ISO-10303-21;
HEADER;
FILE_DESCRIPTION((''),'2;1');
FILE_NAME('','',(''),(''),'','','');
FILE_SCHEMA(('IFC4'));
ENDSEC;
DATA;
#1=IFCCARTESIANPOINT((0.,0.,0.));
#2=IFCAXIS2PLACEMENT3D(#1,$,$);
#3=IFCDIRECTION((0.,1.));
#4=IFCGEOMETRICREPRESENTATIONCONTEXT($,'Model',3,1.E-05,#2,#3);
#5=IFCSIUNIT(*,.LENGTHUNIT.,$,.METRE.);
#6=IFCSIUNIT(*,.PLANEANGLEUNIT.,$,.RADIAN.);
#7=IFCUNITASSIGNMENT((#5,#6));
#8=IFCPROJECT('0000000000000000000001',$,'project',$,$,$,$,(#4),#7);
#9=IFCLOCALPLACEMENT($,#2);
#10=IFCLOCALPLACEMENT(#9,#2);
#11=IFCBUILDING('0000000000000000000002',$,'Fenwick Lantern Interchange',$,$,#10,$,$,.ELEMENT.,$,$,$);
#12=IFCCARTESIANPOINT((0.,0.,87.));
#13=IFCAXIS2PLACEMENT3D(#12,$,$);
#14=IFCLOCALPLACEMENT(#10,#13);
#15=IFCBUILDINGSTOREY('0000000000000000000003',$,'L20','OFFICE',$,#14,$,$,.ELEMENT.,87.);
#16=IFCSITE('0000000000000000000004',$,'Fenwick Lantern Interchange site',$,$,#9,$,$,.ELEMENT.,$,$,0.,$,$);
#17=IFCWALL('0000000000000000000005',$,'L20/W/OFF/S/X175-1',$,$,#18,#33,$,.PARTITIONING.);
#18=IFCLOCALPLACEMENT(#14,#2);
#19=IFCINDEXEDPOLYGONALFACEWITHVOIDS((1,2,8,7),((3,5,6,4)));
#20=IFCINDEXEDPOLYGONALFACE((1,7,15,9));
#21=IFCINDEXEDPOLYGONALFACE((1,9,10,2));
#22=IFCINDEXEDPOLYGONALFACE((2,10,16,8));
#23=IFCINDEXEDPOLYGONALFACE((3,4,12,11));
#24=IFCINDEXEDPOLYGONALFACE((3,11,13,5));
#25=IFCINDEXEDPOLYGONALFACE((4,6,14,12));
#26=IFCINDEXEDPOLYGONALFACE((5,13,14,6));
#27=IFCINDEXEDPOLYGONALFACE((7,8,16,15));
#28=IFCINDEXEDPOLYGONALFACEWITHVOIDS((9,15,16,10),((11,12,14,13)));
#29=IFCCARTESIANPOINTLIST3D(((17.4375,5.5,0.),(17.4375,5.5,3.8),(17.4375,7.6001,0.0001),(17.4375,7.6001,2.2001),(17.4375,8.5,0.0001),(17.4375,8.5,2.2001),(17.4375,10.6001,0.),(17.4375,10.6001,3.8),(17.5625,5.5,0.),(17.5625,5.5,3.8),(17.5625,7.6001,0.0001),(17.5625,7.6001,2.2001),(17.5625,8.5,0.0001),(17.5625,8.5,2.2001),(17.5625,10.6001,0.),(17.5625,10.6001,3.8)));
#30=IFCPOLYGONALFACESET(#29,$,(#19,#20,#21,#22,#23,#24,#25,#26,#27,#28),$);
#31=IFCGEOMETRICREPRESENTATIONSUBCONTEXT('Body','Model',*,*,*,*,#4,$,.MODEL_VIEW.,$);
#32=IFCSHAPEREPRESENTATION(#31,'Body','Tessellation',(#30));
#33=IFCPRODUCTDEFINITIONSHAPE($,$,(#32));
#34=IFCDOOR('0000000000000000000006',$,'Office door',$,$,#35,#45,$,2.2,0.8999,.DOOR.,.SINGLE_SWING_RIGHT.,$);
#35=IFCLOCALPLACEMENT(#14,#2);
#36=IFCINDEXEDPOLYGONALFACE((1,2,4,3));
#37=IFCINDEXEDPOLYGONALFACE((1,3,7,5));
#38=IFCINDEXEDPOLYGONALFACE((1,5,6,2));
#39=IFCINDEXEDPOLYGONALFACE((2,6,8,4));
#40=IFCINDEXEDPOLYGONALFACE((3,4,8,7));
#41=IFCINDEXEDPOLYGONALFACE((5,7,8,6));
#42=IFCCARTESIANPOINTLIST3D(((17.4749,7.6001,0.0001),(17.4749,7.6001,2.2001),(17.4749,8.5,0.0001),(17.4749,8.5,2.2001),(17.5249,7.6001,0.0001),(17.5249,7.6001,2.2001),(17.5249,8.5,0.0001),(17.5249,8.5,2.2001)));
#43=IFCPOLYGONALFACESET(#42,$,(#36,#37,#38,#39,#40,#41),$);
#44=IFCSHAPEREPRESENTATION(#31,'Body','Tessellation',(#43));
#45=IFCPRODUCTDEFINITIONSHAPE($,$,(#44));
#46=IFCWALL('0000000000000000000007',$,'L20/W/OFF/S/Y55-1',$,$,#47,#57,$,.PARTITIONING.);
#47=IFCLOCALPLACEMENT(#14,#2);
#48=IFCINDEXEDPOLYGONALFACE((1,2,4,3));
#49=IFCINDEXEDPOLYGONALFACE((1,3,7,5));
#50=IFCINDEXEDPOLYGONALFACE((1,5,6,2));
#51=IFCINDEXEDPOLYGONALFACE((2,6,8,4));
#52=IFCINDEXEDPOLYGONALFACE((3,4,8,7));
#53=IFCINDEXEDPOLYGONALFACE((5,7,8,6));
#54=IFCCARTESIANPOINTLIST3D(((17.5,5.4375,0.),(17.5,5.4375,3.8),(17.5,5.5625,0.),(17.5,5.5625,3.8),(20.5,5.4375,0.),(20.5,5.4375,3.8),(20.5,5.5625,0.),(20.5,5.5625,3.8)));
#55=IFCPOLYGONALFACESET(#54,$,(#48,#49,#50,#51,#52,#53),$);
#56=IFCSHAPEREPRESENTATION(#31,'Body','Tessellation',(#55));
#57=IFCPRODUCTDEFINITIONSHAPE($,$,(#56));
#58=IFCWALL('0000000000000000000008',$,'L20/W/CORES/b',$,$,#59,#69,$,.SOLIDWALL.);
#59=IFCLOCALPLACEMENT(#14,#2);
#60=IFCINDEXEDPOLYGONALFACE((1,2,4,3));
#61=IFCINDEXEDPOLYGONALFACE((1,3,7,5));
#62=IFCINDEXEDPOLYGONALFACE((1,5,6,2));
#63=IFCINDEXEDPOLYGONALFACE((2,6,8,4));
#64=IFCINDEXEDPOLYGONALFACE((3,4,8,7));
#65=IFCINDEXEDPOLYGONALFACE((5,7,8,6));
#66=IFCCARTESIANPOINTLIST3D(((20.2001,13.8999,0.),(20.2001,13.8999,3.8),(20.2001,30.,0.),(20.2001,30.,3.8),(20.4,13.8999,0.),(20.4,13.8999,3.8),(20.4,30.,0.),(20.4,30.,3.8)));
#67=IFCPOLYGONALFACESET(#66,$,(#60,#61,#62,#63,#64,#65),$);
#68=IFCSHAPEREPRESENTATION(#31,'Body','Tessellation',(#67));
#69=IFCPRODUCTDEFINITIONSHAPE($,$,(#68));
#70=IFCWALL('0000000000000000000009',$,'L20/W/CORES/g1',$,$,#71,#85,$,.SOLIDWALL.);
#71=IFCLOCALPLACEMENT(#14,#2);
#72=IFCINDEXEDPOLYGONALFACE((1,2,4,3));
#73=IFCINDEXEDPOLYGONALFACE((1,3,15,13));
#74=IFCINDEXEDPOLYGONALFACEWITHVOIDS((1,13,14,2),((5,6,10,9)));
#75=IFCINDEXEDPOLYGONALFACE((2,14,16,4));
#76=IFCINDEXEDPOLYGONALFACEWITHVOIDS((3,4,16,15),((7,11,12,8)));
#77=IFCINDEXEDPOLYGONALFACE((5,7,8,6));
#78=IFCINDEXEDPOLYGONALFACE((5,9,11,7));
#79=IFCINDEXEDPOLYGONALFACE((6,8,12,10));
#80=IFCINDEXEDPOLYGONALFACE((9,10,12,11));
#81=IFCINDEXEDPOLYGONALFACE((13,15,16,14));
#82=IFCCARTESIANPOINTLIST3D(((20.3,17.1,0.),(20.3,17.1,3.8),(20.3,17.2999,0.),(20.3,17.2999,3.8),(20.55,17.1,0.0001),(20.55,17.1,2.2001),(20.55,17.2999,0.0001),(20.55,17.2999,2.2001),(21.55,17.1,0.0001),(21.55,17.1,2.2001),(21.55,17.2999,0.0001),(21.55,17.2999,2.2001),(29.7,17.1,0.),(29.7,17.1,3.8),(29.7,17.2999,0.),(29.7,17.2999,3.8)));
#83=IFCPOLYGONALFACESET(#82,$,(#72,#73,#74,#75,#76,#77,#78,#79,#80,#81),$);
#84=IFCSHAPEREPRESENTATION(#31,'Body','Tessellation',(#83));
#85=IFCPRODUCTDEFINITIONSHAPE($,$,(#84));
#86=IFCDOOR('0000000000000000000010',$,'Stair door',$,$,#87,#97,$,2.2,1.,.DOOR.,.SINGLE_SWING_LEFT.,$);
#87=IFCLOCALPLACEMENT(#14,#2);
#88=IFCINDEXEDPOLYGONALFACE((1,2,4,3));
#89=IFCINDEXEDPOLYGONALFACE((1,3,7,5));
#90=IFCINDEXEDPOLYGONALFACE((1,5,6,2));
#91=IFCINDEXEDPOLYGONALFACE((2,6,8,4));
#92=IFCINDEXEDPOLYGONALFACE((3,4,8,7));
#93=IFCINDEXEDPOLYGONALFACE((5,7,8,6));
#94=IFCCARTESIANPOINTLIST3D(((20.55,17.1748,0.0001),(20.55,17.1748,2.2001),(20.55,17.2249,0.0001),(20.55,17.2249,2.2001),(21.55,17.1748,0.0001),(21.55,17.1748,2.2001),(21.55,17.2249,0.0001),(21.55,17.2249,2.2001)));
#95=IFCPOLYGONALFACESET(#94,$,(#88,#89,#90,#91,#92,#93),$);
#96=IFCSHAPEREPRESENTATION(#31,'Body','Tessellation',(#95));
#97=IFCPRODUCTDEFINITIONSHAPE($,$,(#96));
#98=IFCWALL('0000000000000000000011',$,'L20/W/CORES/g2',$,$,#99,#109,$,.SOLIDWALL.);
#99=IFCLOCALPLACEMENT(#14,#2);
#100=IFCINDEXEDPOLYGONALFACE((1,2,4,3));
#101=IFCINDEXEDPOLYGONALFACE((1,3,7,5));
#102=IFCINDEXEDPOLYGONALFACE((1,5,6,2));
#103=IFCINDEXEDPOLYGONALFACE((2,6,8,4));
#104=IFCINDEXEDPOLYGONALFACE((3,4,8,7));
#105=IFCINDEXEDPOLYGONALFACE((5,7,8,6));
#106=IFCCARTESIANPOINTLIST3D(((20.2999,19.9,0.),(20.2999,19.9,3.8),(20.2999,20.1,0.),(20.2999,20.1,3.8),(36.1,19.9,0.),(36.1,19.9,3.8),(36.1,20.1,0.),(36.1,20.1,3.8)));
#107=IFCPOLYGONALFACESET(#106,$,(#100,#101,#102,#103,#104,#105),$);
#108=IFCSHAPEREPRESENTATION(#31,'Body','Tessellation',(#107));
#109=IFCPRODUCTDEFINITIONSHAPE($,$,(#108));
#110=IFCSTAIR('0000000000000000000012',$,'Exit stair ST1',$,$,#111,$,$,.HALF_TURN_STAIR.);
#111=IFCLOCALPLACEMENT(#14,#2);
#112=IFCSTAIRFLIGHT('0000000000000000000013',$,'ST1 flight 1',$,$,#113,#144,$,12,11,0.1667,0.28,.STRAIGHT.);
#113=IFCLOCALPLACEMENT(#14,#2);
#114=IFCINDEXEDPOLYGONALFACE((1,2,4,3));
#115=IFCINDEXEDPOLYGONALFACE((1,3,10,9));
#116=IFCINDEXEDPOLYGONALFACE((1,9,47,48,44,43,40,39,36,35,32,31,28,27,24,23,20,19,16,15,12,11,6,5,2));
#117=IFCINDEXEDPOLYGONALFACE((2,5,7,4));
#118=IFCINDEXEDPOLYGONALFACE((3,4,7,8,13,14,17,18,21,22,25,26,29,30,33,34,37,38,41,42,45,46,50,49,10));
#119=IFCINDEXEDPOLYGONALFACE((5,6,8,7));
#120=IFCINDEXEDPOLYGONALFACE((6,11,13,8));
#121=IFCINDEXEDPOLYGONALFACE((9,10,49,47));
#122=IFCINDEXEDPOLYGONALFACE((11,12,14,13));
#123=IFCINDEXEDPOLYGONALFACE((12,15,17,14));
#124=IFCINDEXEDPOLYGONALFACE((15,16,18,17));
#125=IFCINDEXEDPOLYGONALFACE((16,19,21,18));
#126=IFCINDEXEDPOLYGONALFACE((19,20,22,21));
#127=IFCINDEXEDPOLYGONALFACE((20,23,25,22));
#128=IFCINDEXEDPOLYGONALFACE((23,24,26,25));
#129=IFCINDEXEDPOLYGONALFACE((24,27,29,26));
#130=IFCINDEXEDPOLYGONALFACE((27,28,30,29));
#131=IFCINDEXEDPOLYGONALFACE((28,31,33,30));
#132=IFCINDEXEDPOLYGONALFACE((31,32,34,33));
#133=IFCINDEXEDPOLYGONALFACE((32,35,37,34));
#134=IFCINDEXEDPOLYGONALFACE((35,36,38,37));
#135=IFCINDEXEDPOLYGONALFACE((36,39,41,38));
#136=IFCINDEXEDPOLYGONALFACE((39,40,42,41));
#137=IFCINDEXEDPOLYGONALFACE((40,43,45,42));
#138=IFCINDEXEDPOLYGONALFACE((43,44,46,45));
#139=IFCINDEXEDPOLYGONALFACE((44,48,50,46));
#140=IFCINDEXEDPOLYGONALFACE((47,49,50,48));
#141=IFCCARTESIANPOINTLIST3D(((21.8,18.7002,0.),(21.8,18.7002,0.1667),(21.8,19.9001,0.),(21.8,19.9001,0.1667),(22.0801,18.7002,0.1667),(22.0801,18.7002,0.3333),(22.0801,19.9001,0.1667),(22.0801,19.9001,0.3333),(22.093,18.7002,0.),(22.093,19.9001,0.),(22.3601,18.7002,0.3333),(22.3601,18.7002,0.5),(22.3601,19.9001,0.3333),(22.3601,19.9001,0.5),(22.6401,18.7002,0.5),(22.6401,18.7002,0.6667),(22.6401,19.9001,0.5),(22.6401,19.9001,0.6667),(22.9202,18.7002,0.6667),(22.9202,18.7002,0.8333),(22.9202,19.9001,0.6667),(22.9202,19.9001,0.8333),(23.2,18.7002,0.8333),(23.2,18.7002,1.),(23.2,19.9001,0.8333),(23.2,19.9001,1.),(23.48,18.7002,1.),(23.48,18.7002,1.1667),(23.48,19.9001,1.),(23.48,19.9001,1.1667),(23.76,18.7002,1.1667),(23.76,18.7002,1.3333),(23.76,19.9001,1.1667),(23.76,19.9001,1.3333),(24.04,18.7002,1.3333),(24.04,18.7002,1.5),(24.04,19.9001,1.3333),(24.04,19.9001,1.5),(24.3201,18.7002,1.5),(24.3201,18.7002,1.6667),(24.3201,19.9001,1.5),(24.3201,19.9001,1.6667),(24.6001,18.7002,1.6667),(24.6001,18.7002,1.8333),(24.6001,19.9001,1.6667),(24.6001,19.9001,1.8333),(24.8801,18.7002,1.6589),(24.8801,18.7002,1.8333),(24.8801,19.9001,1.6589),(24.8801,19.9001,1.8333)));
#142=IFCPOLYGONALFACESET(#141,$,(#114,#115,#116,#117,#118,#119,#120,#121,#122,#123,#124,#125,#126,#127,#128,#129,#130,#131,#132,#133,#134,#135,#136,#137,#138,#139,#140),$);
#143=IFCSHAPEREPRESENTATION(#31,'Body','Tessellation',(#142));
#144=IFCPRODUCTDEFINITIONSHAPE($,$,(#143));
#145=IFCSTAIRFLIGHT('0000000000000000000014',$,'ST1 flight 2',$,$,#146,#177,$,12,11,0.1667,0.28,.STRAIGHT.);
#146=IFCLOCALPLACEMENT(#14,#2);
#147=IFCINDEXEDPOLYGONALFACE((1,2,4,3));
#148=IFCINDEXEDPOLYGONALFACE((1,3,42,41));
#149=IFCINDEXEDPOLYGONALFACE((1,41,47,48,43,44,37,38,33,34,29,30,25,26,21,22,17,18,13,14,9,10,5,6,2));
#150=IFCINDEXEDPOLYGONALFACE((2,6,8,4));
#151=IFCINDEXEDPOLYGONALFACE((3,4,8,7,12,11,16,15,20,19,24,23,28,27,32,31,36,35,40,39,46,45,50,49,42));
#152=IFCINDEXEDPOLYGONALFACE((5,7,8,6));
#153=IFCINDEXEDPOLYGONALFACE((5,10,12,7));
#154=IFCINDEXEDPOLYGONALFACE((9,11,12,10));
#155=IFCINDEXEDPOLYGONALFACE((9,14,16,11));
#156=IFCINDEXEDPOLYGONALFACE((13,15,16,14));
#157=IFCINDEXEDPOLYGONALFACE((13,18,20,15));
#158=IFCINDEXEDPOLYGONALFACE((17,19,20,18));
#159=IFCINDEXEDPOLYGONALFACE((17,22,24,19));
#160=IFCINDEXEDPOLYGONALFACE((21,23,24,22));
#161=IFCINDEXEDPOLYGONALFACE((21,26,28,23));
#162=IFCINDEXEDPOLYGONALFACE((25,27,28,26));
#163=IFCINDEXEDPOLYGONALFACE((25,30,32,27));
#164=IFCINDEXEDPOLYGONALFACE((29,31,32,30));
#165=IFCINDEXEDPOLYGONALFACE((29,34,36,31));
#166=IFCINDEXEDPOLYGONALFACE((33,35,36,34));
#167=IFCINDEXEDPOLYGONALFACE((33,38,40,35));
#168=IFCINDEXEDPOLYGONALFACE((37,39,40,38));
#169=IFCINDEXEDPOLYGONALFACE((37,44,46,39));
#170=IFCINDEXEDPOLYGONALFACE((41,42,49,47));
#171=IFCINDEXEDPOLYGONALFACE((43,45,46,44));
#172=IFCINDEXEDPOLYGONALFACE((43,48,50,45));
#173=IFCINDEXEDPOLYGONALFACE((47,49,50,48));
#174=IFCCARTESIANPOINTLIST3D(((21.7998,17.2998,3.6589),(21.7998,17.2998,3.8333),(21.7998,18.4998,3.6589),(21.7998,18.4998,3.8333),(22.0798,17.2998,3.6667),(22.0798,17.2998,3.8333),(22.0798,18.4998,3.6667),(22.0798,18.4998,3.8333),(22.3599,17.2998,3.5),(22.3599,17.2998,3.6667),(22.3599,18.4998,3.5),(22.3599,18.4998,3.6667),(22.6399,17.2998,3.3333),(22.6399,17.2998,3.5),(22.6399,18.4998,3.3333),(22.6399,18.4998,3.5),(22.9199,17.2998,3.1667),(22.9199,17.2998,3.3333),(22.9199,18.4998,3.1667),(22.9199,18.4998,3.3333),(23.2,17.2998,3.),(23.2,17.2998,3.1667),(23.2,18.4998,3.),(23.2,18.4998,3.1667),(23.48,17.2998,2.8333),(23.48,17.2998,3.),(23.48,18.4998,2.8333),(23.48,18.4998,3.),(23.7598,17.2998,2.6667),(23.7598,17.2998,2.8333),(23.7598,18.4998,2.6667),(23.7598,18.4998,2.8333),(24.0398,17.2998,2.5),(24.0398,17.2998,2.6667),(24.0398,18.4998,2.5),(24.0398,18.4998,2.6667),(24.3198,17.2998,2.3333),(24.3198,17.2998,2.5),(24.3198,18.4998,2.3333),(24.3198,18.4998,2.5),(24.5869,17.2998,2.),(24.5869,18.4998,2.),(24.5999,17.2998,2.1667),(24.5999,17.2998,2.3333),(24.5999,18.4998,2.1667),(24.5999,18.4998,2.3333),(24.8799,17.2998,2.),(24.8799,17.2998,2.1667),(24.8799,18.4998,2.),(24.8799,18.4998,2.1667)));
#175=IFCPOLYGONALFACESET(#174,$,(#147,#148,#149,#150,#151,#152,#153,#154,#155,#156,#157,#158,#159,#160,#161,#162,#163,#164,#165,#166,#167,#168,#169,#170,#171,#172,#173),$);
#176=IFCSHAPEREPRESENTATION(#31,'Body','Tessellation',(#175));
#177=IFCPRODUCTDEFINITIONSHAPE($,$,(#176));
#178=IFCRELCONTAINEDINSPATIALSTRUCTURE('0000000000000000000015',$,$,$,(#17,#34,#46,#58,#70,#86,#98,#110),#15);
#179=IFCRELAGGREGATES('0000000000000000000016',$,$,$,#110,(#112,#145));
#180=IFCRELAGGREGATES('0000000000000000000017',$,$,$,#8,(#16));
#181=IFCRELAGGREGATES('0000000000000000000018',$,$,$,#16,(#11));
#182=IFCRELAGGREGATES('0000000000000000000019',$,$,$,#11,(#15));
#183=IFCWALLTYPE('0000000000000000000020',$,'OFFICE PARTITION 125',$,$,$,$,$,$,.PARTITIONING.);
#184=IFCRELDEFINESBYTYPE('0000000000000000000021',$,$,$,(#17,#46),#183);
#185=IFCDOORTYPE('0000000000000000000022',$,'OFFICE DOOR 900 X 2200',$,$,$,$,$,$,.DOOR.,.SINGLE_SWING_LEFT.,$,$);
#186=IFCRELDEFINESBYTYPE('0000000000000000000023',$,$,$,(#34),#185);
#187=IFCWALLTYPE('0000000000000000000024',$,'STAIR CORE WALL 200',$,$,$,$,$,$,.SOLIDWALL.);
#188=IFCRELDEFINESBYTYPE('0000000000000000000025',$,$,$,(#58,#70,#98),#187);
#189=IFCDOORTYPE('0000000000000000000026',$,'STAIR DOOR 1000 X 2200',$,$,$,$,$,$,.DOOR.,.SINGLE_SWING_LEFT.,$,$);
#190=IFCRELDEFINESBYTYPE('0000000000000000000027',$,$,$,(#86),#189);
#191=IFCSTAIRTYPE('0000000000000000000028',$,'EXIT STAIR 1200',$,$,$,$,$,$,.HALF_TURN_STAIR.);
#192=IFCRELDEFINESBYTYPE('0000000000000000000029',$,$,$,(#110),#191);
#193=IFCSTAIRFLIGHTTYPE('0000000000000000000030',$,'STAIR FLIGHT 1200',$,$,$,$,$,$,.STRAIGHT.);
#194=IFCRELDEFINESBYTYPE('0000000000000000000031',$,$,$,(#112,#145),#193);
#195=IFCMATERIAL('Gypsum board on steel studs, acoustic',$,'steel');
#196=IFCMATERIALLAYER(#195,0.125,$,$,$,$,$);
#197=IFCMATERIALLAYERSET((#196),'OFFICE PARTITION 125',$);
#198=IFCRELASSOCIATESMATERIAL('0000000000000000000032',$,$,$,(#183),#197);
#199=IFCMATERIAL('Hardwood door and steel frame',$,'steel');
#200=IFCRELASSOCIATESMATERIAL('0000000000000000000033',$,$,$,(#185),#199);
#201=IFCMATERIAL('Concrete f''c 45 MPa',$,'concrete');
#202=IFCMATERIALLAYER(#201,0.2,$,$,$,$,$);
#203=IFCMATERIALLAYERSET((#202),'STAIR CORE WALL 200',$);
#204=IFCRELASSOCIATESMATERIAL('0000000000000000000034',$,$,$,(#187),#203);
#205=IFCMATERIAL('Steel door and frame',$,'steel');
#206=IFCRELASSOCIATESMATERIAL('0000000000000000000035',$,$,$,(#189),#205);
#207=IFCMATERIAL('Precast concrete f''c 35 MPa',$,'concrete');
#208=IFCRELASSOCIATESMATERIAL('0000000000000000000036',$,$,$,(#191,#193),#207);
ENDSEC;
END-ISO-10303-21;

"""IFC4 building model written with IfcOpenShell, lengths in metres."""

from ifc_helpers import new_model, si_unit, direction, frame, frame_2d, origin, place, context, subcontext, project, spatial, polyline, rectangle, outline, extrude, material, layer, layer_set, type_object, element, fill, aggregate, save


model = new_model("IFC4")

# Units and contexts
model_context = context("Model", 3, precision=1e-05, world=origin(), true_north=direction((0.0, 1.0)))
body_context = subcontext(model_context, "Body", "Model", "MODEL_VIEW")
ifc_project = project(units=[si_unit("LENGTHUNIT", "METRE"), si_unit("PLANEANGLEUNIT", "RADIAN")], contexts=[model_context])

# Site, building, storey
site_placement = place(None, origin())
site = spatial("IfcSite", under=ifc_project, at=site_placement, Name="Fenwick Lantern Interchange site", CompositionType="ELEMENT", RefElevation=0.0)
building_placement = place(site_placement, origin())
building = spatial("IfcBuilding", under=site, at=building_placement, Name="Fenwick Lantern Interchange", CompositionType="ELEMENT")
storey_placement = place(building_placement, frame((0.0, 0.0, 87.0)))
storey = spatial("IfcBuildingStorey", under=building, at=storey_placement, Name="L20", Description="OFFICE", CompositionType="ELEMENT", Elevation=87.0)

# Shared definitions
ifc_material_1 = material(Name="Steel door and frame", Category="steel")

# Wall, opening, door
ifc_material_2 = material(Name="Gypsum board on steel studs, acoustic", Category="steel")
ifc_layer_1 = layer(ifc_material_2, 0.125)
ifc_layer_set_1 = layer_set([ifc_layer_1], Name="OFFICE PARTITION 125")
wall_type_1 = type_object("IfcWallType", Name="OFFICE PARTITION 125", PredefinedType="PARTITIONING", material=ifc_layer_set_1)
wall_1_placement = place(storey_placement, frame((17.5, 5.5, 0.0), z_axis=(0.0, 0.0, 1.0), x_axis=(0.0, 1.0, 0.0)))
wall_1 = element("IfcWall", 1, at=wall_1_placement, inside=storey, type_object=wall_type_1, Name="L20/W/OFF/S/X175-1", PredefinedType="PARTITIONING", context=body_context, shape_type="SweptSolid", body=[
    extrude(rectangle(XDim=5.1001, YDim=0.125, at=frame_2d((2.55, 0.0))), origin(), (0.0, 0.0, 1.0), 3.8),
])
opening_1_placement = place(wall_1_placement, frame((2.1001, 0.0, 0.0)))
opening_1 = element("IfcOpeningElement", 2, at=opening_1_placement, cuts=wall_1, PredefinedType="OPENING", context=body_context, shape_type="SweptSolid", body=[
    extrude(rectangle(XDim=0.8999, YDim=2.2, at=frame_2d((0.45, 1.1001))), frame((0.0, 0.0725, 0.0), z_axis=(0.0, -1.0, 0.0), x_axis=(1.0, 0.0, 0.0)), (0.0, 0.0, 1.0), 0.145),
])
ifc_material_3 = material(Name="Hardwood door and steel frame", Category="steel")
door_type_1 = type_object("IfcDoorType", Name="OFFICE DOOR 900 X 2200", OperationType="SINGLE_SWING_LEFT", PredefinedType="DOOR", material=ifc_material_3)
door_1_placement = place(opening_1_placement, frame((0.8999, 0.0, 0.0), z_axis=(0.0, 0.0, 1.0), x_axis=(-1.0, 0.0, 0.0)))
door_1 = element("IfcDoor", 3, at=door_1_placement, inside=storey, type_object=door_type_1, Name="Office door", OperationType="SINGLE_SWING_RIGHT", OverallHeight=2.2, OverallWidth=0.8999, PredefinedType="DOOR", context=body_context, shape_type="SweptSolid", body=[
    extrude(rectangle(XDim=0.8999, YDim=2.2, at=frame_2d((0.45, 1.1001))), frame((0.0, 0.0249, 0.0), z_axis=(0.0, -1.0, 0.0), x_axis=(1.0, 0.0, 0.0)), (0.0, 0.0, 1.0), 0.05),
])
fill(opening_1, door_1)

# Walls
wall_2_placement = place(storey_placement, frame((17.5, 5.5, 0.0), z_axis=(0.0, 0.0, 1.0), x_axis=(1.0, 0.0, 0.0)))
element("IfcWall", 4, at=wall_2_placement, inside=storey, type_object=wall_type_1, Name="L20/W/OFF/S/Y55-1", PredefinedType="PARTITIONING", context=body_context, shape_type="SweptSolid", body=[
    extrude(rectangle(XDim=3.0, YDim=0.125, at=frame_2d((1.5, 0.0))), origin(), (0.0, 0.0, 1.0), 3.8),
])
ifc_material_4 = material(Name="Concrete f'c 45 MPa", Category="concrete")
ifc_layer_2 = layer(ifc_material_4, 0.2)
ifc_layer_set_2 = layer_set([ifc_layer_2], Name="STAIR CORE WALL 200")
wall_type_2 = type_object("IfcWallType", Name="STAIR CORE WALL 200", PredefinedType="SOLIDWALL", material=ifc_layer_set_2)
wall_3_placement = place(storey_placement, frame((20.3, 13.8999, 0.0), z_axis=(0.0, 0.0, 1.0), x_axis=(0.0, 1.0, 0.0)))
element("IfcWall", 5, at=wall_3_placement, inside=storey, type_object=wall_type_2, Name="L20/W/CORES/b", PredefinedType="SOLIDWALL", context=body_context, shape_type="SweptSolid", body=[
    extrude(rectangle(XDim=16.1001, YDim=0.2, at=frame_2d((8.05, 0.0))), origin(), (0.0, 0.0, 1.0), 3.8),
])

# Wall, opening, door
wall_4_placement = place(storey_placement, frame((20.3, 17.2, 0.0), z_axis=(0.0, 0.0, 1.0), x_axis=(1.0, 0.0, 0.0)))
wall_4 = element("IfcWall", 6, at=wall_4_placement, inside=storey, type_object=wall_type_2, Name="L20/W/CORES/g1", PredefinedType="SOLIDWALL", context=body_context, shape_type="SweptSolid", body=[
    extrude(rectangle(XDim=9.3999, YDim=0.2, at=frame_2d((4.7, 0.0))), origin(), (0.0, 0.0, 1.0), 3.8),
])
opening_2_placement = place(wall_4_placement, frame((0.25, 0.0, 0.0)))
opening_2 = element("IfcOpeningElement", 7, at=opening_2_placement, cuts=wall_4, PredefinedType="OPENING", context=body_context, shape_type="SweptSolid", body=[
    extrude(rectangle(XDim=1.0, YDim=2.2, at=frame_2d((0.5, 1.1001))), frame((0.0, 0.1099, 0.0), z_axis=(0.0, -1.0, 0.0), x_axis=(1.0, 0.0, 0.0)), (0.0, 0.0, 1.0), 0.22),
])
door_type_2 = type_object("IfcDoorType", Name="STAIR DOOR 1000 X 2200", OperationType="SINGLE_SWING_LEFT", PredefinedType="DOOR", material=ifc_material_1)
door_2_placement = place(opening_2_placement, origin())
door_2 = element("IfcDoor", 8, at=door_2_placement, inside=storey, type_object=door_type_2, Name="Stair door", OperationType="SINGLE_SWING_LEFT", OverallHeight=2.2, OverallWidth=1.0, PredefinedType="DOOR", context=body_context, shape_type="SweptSolid", body=[
    extrude(rectangle(XDim=1.0, YDim=2.2, at=frame_2d((0.5, 1.1001))), frame((0.0, 0.0249, 0.0), z_axis=(0.0, -1.0, 0.0), x_axis=(1.0, 0.0, 0.0)), (0.0, 0.0, 1.0), 0.05),
])
fill(opening_2, door_2)

# Wall
wall_5_placement = place(storey_placement, frame((20.3, 20.0, 0.0), z_axis=(0.0, 0.0, 1.0), x_axis=(1.0, 0.0, 0.0)))
element("IfcWall", 9, at=wall_5_placement, inside=storey, type_object=wall_type_2, Name="L20/W/CORES/g2", PredefinedType="SOLIDWALL", context=body_context, shape_type="SweptSolid", body=[
    extrude(rectangle(XDim=15.8, YDim=0.2, at=frame_2d((7.8999, 0.0))), origin(), (0.0, 0.0, 1.0), 3.8),
])

# Stair, stair flights
ifc_material_5 = material(Name="Precast concrete f'c 35 MPa", Category="concrete")
stair_type = type_object("IfcStairType", Name="EXIT STAIR 1200", PredefinedType="HALF_TURN_STAIR", material=ifc_material_5)
stair_placement = place(storey_placement, origin())
stair = element("IfcStair", 10, at=stair_placement, inside=storey, type_object=stair_type, Name="Exit stair ST1", PredefinedType="HALF_TURN_STAIR")
stair_flight_type = type_object("IfcStairFlightType", Name="STAIR FLIGHT 1200", PredefinedType="STRAIGHT", material=ifc_material_5)
stair_flight_1_placement = place(storey_placement, frame((21.8, 19.3, 0.0), z_axis=(0.0, 0.0, 1.0), x_axis=(1.0, 0.0, 0.0)))
stair_flight_1 = element("IfcStairFlight", 11, at=stair_flight_1_placement, type_object=stair_flight_type, Name="ST1 flight 1", NumberOfRisers=12, NumberOfTreads=11, PredefinedType="STRAIGHT", RiserHeight=0.1667, TreadLength=0.28, context=body_context, shape_type="SweptSolid", body=[
    extrude(outline(polyline([(0.0, 0.0), (0.0, 0.1667), (0.28, 0.1667), (0.28, 0.3333), (0.5601, 0.3333), (0.5601, 0.5), (0.8401, 0.5), (0.8401, 0.6667), (1.1201, 0.6667), (1.1201, 0.8333), (1.3999, 0.8333), (1.3999, 1.0), (1.6799, 1.0), (1.6799, 1.1667), (1.96, 1.1667), (1.96, 1.3333), (2.24, 1.3333), (2.24, 1.5), (2.52, 1.5), (2.52, 1.6667), (2.8, 1.6667), (2.8, 1.8333), (3.0801, 1.8333), (3.0801, 2.0), (3.0801, 1.6589), (0.293, 0.0), (0.0, 0.0)])), frame((0.0, 0.6001, 0.0), z_axis=(0.0, -1.0, 0.0), x_axis=(1.0, 0.0, 0.0)), (0.0, 0.0, 1.0), 1.2),
])
stair_flight_2_placement = place(storey_placement, frame((24.8799, 17.8999, 2.0), z_axis=(0.0, 0.0, 1.0), x_axis=(-1.0, 0.0, 0.0)))
stair_flight_2 = element("IfcStairFlight", 12, at=stair_flight_2_placement, type_object=stair_flight_type, Name="ST1 flight 2", NumberOfRisers=12, NumberOfTreads=11, PredefinedType="STRAIGHT", RiserHeight=0.1667, TreadLength=0.28, context=body_context, shape_type="SweptSolid", body=[
    extrude(outline(polyline([(0.0, 0.0), (0.0, 0.1667), (0.28, 0.1667), (0.28, 0.3333), (0.5601, 0.3333), (0.5601, 0.5), (0.8401, 0.5), (0.8401, 0.6667), (1.1201, 0.6667), (1.1201, 0.8333), (1.3999, 0.8333), (1.3999, 1.0), (1.6799, 1.0), (1.6799, 1.1667), (1.96, 1.1667), (1.96, 1.3333), (2.24, 1.3333), (2.24, 1.5), (2.52, 1.5), (2.52, 1.6667), (2.8, 1.6667), (2.8, 1.8333), (3.0801, 1.8333), (3.0801, 2.0), (3.0801, 1.6589), (0.293, 0.0), (0.0, 0.0)])), frame((0.0, 0.6001, 0.0), z_axis=(0.0, -1.0, 0.0), x_axis=(1.0, 0.0, 0.0)), (0.0, 0.0, 1.0), 1.2),
])
aggregate(stair, [stair_flight_1, stair_flight_2])

save(model, "model.ifc")
